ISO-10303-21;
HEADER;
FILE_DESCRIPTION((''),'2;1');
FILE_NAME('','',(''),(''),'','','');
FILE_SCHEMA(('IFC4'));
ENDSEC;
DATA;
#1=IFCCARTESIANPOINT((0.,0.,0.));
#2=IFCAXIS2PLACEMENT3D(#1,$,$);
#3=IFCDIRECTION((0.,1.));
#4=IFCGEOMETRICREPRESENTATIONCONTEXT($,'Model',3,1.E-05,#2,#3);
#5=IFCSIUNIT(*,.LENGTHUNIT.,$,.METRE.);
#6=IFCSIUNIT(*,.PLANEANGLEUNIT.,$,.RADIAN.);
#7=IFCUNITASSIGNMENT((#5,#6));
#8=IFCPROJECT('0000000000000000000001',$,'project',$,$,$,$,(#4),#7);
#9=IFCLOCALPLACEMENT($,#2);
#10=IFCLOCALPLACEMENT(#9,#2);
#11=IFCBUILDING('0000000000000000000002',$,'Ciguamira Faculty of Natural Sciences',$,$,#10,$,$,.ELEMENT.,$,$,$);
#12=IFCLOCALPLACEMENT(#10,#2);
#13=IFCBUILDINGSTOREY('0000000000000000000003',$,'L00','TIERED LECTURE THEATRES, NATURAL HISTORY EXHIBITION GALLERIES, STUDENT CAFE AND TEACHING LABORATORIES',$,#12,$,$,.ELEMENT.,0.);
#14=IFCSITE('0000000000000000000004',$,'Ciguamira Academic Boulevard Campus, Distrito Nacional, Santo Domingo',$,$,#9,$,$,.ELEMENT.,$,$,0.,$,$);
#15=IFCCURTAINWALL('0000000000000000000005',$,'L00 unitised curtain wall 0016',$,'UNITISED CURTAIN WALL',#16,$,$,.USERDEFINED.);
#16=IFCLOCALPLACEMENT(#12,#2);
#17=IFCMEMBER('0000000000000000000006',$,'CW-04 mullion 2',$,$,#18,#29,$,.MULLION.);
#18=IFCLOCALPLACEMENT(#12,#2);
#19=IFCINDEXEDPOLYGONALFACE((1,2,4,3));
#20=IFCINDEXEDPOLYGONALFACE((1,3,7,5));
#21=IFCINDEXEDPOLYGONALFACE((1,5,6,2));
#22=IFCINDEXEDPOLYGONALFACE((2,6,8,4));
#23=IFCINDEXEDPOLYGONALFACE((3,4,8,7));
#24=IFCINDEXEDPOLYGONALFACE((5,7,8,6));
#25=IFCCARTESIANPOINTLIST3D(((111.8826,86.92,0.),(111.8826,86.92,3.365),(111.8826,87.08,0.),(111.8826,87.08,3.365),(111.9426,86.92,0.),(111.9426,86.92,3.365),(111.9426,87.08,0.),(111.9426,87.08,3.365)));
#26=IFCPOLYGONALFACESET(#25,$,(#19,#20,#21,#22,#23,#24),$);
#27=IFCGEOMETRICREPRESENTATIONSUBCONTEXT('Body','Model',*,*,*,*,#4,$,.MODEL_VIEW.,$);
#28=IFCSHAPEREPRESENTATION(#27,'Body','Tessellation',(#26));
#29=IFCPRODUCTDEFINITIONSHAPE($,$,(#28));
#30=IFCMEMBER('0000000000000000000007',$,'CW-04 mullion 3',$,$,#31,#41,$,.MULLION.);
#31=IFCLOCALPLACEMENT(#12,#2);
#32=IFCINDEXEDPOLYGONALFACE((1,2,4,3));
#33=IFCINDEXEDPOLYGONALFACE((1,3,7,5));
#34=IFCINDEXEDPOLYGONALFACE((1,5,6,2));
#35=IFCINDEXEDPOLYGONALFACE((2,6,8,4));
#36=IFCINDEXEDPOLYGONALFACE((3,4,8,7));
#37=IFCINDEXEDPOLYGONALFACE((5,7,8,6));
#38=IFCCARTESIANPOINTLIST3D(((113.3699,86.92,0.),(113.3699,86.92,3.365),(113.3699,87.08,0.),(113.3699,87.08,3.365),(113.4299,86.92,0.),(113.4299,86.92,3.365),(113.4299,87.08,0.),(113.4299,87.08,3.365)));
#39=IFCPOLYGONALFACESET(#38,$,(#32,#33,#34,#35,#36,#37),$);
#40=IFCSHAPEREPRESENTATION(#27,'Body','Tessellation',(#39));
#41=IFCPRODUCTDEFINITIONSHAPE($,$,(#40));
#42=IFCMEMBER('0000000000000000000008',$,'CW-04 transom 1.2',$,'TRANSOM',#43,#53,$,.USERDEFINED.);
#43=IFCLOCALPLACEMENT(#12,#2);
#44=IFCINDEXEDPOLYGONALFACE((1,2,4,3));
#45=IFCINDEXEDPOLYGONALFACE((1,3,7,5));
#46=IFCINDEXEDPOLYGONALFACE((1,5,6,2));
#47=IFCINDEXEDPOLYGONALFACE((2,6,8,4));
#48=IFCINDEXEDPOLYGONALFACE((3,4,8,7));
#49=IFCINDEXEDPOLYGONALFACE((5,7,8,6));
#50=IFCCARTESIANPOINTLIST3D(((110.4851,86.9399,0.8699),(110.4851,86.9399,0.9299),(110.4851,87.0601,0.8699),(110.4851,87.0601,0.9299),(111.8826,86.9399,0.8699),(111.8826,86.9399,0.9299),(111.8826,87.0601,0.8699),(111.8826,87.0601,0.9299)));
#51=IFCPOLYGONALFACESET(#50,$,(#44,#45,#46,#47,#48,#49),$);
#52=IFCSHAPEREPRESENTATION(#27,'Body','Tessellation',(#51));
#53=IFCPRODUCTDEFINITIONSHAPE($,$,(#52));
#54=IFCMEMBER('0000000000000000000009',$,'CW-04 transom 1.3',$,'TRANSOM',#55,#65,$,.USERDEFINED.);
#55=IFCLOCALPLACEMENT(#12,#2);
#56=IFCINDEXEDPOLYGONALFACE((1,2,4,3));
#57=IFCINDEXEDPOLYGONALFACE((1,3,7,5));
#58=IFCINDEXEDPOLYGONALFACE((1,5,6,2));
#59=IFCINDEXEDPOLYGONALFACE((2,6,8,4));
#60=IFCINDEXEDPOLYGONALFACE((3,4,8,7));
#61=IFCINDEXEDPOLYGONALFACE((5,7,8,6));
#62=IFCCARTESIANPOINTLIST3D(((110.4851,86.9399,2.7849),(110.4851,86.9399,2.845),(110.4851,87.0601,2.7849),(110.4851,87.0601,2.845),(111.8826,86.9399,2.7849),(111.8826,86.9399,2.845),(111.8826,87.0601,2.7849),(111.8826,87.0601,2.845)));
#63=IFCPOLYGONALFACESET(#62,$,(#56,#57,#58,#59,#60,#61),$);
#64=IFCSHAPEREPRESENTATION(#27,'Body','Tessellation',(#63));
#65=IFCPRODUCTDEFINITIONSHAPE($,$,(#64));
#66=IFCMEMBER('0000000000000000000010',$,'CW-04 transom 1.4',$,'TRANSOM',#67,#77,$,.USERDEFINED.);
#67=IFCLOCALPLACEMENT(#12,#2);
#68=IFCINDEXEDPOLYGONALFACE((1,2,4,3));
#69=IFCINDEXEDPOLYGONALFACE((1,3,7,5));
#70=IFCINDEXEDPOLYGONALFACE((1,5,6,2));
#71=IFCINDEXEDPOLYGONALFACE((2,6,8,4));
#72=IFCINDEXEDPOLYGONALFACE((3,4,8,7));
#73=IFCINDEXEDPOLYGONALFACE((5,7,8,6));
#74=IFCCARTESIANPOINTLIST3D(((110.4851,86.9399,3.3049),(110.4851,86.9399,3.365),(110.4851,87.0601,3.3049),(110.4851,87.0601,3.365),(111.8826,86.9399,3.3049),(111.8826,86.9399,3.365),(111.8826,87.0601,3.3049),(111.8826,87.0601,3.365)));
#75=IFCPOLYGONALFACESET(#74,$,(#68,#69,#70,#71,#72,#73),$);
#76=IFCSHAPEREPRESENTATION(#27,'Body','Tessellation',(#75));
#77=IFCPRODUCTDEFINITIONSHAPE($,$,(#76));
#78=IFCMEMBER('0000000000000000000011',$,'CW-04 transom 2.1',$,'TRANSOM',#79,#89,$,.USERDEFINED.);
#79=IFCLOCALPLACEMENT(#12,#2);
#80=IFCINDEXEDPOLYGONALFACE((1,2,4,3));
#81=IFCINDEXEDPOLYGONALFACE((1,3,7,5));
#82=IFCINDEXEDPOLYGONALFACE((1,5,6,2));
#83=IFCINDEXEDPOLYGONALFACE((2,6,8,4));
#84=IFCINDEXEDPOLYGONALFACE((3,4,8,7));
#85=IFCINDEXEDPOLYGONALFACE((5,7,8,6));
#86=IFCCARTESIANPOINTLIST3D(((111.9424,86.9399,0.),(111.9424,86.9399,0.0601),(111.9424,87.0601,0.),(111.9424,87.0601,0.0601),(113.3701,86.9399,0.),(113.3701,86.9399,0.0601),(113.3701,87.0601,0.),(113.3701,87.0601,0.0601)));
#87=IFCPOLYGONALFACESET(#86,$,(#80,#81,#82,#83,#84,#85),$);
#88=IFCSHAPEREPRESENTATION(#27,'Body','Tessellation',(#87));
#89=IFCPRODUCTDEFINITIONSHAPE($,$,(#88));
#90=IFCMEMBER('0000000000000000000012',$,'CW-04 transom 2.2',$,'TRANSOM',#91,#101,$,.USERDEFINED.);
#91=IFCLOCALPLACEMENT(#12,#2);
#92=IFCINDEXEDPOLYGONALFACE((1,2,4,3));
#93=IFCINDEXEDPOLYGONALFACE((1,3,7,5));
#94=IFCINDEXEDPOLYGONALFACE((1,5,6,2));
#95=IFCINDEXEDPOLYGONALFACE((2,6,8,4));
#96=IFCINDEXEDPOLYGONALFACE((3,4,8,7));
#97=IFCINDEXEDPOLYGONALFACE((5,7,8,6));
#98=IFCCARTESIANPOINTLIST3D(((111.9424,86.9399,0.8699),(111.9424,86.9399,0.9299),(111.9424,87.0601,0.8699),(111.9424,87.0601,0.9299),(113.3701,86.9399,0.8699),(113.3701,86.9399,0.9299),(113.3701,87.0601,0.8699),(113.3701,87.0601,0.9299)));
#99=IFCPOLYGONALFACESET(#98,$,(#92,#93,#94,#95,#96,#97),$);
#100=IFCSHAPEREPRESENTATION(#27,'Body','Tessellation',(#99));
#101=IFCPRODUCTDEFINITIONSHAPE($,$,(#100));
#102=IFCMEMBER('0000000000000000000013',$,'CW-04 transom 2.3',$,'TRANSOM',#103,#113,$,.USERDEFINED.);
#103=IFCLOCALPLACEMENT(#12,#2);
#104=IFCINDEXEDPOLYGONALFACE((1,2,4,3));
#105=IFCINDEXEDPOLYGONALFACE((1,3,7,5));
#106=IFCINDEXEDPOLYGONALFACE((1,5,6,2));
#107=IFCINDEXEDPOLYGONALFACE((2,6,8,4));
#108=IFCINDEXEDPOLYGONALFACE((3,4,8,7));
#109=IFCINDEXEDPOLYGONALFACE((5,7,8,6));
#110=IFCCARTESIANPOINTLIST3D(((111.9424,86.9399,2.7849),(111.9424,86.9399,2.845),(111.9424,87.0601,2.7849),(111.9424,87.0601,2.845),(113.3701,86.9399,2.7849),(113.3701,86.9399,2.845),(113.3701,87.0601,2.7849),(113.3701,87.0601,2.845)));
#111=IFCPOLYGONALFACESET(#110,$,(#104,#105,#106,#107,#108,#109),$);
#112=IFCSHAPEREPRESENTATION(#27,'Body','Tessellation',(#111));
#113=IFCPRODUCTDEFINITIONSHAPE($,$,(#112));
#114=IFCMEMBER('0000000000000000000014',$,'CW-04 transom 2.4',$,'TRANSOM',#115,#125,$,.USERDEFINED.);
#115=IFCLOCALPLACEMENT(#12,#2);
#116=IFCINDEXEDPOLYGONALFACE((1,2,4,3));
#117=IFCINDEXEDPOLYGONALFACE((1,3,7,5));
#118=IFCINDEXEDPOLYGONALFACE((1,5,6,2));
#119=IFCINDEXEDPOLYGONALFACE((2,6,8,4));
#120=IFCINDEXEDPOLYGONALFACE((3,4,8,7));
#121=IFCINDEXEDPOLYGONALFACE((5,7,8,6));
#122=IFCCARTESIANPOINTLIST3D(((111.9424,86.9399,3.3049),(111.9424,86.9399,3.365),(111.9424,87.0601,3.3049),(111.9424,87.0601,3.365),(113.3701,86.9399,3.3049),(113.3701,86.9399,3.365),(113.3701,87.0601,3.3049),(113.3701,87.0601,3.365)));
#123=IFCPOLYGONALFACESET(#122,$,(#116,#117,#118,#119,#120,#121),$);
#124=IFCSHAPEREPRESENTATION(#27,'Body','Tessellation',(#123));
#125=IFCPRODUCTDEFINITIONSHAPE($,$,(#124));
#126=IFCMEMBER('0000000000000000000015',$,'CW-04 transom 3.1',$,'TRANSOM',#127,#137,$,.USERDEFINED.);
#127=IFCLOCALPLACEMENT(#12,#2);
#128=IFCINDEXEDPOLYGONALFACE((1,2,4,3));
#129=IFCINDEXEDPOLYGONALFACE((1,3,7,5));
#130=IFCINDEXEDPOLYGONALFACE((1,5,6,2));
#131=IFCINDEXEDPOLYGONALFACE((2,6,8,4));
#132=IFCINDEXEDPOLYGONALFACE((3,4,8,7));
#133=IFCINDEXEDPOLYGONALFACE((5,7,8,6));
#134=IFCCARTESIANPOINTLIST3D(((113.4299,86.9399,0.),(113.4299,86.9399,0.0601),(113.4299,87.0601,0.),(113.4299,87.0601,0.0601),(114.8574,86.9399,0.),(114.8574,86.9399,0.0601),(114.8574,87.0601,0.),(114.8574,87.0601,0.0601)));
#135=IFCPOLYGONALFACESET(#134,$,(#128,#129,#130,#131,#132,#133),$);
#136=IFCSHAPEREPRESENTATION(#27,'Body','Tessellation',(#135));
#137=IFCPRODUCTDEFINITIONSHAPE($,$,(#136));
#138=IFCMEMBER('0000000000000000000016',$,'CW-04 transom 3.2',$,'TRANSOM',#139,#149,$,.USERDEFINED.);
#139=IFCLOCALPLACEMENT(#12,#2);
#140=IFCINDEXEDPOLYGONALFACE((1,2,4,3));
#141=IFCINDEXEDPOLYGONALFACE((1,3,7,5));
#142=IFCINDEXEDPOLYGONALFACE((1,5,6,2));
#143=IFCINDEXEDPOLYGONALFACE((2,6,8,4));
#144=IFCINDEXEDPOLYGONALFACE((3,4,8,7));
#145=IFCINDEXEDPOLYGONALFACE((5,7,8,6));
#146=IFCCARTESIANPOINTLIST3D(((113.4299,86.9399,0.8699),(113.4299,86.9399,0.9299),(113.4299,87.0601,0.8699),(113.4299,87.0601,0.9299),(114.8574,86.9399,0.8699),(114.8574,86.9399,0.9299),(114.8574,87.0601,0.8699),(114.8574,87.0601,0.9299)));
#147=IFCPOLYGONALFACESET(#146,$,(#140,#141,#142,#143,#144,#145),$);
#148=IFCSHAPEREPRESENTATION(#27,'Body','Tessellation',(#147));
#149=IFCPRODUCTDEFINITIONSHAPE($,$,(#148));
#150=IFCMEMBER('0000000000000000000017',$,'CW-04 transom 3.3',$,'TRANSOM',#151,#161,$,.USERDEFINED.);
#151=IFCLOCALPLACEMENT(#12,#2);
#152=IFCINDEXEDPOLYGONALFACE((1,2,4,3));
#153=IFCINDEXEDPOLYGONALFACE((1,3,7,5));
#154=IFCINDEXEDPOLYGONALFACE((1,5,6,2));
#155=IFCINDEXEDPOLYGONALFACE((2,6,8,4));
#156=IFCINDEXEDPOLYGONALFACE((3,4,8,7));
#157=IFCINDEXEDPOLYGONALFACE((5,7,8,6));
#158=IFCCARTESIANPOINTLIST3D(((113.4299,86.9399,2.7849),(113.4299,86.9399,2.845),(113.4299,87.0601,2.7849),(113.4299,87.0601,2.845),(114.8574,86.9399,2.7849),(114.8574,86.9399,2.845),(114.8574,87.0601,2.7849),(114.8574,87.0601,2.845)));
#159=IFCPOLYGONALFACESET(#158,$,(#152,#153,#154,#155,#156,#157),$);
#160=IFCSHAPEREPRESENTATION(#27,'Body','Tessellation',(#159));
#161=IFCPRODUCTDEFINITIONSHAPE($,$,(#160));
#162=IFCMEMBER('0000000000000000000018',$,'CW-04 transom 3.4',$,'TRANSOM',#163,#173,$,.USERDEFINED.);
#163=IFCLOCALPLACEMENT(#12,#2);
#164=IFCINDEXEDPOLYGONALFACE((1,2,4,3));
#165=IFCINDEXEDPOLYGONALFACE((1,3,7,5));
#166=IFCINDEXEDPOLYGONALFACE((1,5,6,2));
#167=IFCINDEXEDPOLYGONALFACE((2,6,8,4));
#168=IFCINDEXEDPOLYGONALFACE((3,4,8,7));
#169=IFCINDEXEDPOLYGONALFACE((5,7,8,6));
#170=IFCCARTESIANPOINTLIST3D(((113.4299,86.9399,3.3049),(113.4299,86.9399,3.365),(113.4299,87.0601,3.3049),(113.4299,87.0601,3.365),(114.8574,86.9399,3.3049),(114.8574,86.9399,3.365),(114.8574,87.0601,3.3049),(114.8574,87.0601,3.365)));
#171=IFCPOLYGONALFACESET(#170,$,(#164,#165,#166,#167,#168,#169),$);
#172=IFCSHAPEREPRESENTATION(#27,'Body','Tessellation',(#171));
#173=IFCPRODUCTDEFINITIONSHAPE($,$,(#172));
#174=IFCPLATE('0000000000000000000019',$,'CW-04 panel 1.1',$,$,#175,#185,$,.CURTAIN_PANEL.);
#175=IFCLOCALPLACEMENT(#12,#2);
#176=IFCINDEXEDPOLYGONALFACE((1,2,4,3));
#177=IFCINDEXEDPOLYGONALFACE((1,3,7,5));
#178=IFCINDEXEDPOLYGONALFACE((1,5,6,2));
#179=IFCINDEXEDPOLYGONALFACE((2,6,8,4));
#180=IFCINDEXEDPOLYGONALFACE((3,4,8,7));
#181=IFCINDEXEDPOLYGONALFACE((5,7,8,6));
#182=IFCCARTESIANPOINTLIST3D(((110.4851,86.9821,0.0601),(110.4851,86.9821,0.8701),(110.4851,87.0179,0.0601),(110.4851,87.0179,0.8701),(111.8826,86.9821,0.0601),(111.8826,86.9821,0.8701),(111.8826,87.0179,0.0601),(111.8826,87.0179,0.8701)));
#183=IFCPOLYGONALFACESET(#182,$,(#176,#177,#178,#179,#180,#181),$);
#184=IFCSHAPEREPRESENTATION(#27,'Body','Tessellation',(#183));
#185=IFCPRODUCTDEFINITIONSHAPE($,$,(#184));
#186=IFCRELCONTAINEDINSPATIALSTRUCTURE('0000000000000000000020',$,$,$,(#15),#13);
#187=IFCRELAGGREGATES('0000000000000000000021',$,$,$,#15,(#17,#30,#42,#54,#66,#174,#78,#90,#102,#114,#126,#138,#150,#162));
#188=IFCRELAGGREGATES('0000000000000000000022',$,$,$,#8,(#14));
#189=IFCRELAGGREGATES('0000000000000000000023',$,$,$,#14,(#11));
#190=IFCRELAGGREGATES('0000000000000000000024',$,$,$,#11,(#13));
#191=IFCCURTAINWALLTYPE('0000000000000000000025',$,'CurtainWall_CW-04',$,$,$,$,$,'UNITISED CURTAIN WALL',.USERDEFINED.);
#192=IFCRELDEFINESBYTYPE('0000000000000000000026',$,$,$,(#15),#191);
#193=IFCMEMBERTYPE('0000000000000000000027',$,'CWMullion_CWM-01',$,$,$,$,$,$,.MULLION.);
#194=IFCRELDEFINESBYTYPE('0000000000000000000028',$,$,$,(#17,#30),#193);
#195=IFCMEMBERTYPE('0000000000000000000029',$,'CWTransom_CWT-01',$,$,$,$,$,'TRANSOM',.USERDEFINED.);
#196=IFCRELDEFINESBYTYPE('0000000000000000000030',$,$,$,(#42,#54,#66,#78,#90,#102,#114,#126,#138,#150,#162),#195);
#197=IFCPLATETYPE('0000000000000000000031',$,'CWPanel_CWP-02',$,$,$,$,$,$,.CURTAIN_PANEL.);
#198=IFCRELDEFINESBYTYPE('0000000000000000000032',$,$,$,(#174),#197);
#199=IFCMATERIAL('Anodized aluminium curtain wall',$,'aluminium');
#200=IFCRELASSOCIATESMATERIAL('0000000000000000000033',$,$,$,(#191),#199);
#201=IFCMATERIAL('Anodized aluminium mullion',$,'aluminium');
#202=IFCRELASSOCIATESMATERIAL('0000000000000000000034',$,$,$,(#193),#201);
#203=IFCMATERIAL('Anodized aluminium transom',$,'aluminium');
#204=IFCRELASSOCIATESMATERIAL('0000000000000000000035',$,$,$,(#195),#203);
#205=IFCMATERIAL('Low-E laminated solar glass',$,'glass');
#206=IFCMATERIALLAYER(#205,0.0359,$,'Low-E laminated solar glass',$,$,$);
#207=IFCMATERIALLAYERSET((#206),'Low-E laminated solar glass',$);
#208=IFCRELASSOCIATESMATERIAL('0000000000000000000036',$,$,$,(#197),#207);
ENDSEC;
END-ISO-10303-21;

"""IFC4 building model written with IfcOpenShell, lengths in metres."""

from ifc_helpers import new_model, si_unit, direction, frame, origin, origin_2d, place, context, subcontext, project, spatial, rectangle, extrude, material, layer, layer_set, material_profile, profile_set, type_object, element, aggregate, save


model = new_model("IFC4")

# Units and contexts
model_context = context("Model", 3, precision=1e-05, world=origin(), true_north=direction((0.0, 1.0)))
body_context = subcontext(model_context, "Body", "Model", "MODEL_VIEW")
ifc_project = project(units=[si_unit("LENGTHUNIT", "METRE"), si_unit("PLANEANGLEUNIT", "RADIAN")], contexts=[model_context])

# Site, building, storey
site_placement = place(None, origin())
site = spatial("IfcSite", under=ifc_project, at=site_placement, Name="Ciguamira Academic Boulevard Campus, Distrito Nacional, Santo Domingo", CompositionType="ELEMENT", RefElevation=0.0)
building_placement = place(site_placement, origin())
building = spatial("IfcBuilding", under=site, at=building_placement, Name="Ciguamira Faculty of Natural Sciences", CompositionType="ELEMENT")
storey_placement = place(building_placement, origin())
storey = spatial("IfcBuildingStorey", under=building, at=storey_placement, Name="L00", Description="TIERED LECTURE THEATRES, NATURAL HISTORY EXHIBITION GALLERIES, STUDENT CAFE AND TEACHING LABORATORIES", CompositionType="ELEMENT", Elevation=0.0)

# Curtain wall, members, plate
ifc_material_1 = material(Name="Anodized aluminium curtain wall", Category="aluminium")
curtain_wall_type = type_object("IfcCurtainWallType", Name="CurtainWall_CW-04", ElementType="UNITISED CURTAIN WALL", PredefinedType="USERDEFINED", material=ifc_material_1)
curtain_wall_placement = place(storey_placement, origin())
curtain_wall = element("IfcCurtainWall", 1, at=curtain_wall_placement, inside=storey, type_object=curtain_wall_type, Name="L00 unitised curtain wall 0016", ObjectType="UNITISED CURTAIN WALL", PredefinedType="USERDEFINED")
ifc_material_2 = material(Name="Anodized aluminium mullion", Category="aluminium")
ifc_material_profile_1 = material_profile(ifc_material_2, rectangle(XDim=0.0601, YDim=0.1599, at=origin_2d()), Name="ALU-MUL-60X160")
ifc_profile_set_1 = profile_set([ifc_material_profile_1], Name="Anodized aluminium mullion")
member_type_1 = type_object("IfcMemberType", Name="CWMullion_CWM-01", PredefinedType="MULLION", material=ifc_profile_set_1)
member_1_placement = place(storey_placement, frame((111.9126, 87.0, 0.0), z_axis=(0.0, 0.0, 1.0), x_axis=(1.0, 0.0, 0.0)))
member_1 = element("IfcMember", 2, at=member_1_placement, type_object=member_type_1, Name="CW-04 mullion 2", PredefinedType="MULLION", context=body_context, shape_type="SweptSolid", body=[
    extrude(rectangle(XDim=0.0601, YDim=0.1599, at=origin_2d()), origin(), (0.0, 0.0, 1.0), 3.365),
])
member_2_placement = place(storey_placement, frame((113.3999, 87.0, 0.0), z_axis=(0.0, 0.0, 1.0), x_axis=(1.0, 0.0, 0.0)))
member_2 = element("IfcMember", 3, at=member_2_placement, type_object=member_type_1, Name="CW-04 mullion 3", PredefinedType="MULLION", context=body_context, shape_type="SweptSolid", body=[
    extrude(rectangle(XDim=0.0601, YDim=0.1599, at=origin_2d()), origin(), (0.0, 0.0, 1.0), 3.365),
])
ifc_material_3 = material(Name="Anodized aluminium transom", Category="aluminium")
ifc_material_profile_2 = material_profile(ifc_material_3, rectangle(XDim=0.0601, YDim=0.1201, at=origin_2d()), Name="ALU-TRN-60X120")
ifc_profile_set_2 = profile_set([ifc_material_profile_2], Name="Anodized aluminium transom")
member_type_2 = type_object("IfcMemberType", Name="CWTransom_CWT-01", ElementType="TRANSOM", PredefinedType="USERDEFINED", material=ifc_profile_set_2)
member_3_placement = place(storey_placement, frame((110.4851, 87.0, 0.8999), z_axis=(1.0, 0.0, 0.0), x_axis=(0.0, 0.0, 1.0)))
member_3 = element("IfcMember", 4, at=member_3_placement, type_object=member_type_2, Name="CW-04 transom 1.2", ObjectType="TRANSOM", PredefinedType="USERDEFINED", context=body_context, shape_type="SweptSolid", body=[
    extrude(rectangle(XDim=0.0601, YDim=0.1201, at=origin_2d()), origin(), (0.0, 0.0, 1.0), 1.3975),
])
member_4_placement = place(storey_placement, frame((110.4851, 87.0, 2.8149), z_axis=(1.0, 0.0, 0.0), x_axis=(0.0, 0.0, 1.0)))
member_4 = element("IfcMember", 5, at=member_4_placement, type_object=member_type_2, Name="CW-04 transom 1.3", ObjectType="TRANSOM", PredefinedType="USERDEFINED", context=body_context, shape_type="SweptSolid", body=[
    extrude(rectangle(XDim=0.0601, YDim=0.1201, at=origin_2d()), origin(), (0.0, 0.0, 1.0), 1.3975),
])
member_5_placement = place(storey_placement, frame((110.4851, 87.0, 3.335), z_axis=(1.0, 0.0, 0.0), x_axis=(0.0, 0.0, 1.0)))
member_5 = element("IfcMember", 6, at=member_5_placement, type_object=member_type_2, Name="CW-04 transom 1.4", ObjectType="TRANSOM", PredefinedType="USERDEFINED", context=body_context, shape_type="SweptSolid", body=[
    extrude(rectangle(XDim=0.0601, YDim=0.1201, at=origin_2d()), origin(), (0.0, 0.0, 1.0), 1.3975),
])
member_6_placement = place(storey_placement, frame((111.9424, 87.0, 0.03), z_axis=(1.0, 0.0, 0.0), x_axis=(0.0, 0.0, 1.0)))
member_6 = element("IfcMember", 7, at=member_6_placement, type_object=member_type_2, Name="CW-04 transom 2.1", ObjectType="TRANSOM", PredefinedType="USERDEFINED", context=body_context, shape_type="SweptSolid", body=[
    extrude(rectangle(XDim=0.0601, YDim=0.1201, at=origin_2d()), origin(), (0.0, 0.0, 1.0), 1.4277),
])
member_7_placement = place(storey_placement, frame((111.9424, 87.0, 0.8999), z_axis=(1.0, 0.0, 0.0), x_axis=(0.0, 0.0, 1.0)))
member_7 = element("IfcMember", 8, at=member_7_placement, type_object=member_type_2, Name="CW-04 transom 2.2", ObjectType="TRANSOM", PredefinedType="USERDEFINED", context=body_context, shape_type="SweptSolid", body=[
    extrude(rectangle(XDim=0.0601, YDim=0.1201, at=origin_2d()), origin(), (0.0, 0.0, 1.0), 1.4277),
])
member_8_placement = place(storey_placement, frame((111.9424, 87.0, 2.8149), z_axis=(1.0, 0.0, 0.0), x_axis=(0.0, 0.0, 1.0)))
member_8 = element("IfcMember", 9, at=member_8_placement, type_object=member_type_2, Name="CW-04 transom 2.3", ObjectType="TRANSOM", PredefinedType="USERDEFINED", context=body_context, shape_type="SweptSolid", body=[
    extrude(rectangle(XDim=0.0601, YDim=0.1201, at=origin_2d()), origin(), (0.0, 0.0, 1.0), 1.4277),
])
member_9_placement = place(storey_placement, frame((111.9424, 87.0, 3.335), z_axis=(1.0, 0.0, 0.0), x_axis=(0.0, 0.0, 1.0)))
member_9 = element("IfcMember", 10, at=member_9_placement, type_object=member_type_2, Name="CW-04 transom 2.4", ObjectType="TRANSOM", PredefinedType="USERDEFINED", context=body_context, shape_type="SweptSolid", body=[
    extrude(rectangle(XDim=0.0601, YDim=0.1201, at=origin_2d()), origin(), (0.0, 0.0, 1.0), 1.4277),
])
member_10_placement = place(storey_placement, frame((113.4299, 87.0, 0.03), z_axis=(1.0, 0.0, 0.0), x_axis=(0.0, 0.0, 1.0)))
member_10 = element("IfcMember", 11, at=member_10_placement, type_object=member_type_2, Name="CW-04 transom 3.1", ObjectType="TRANSOM", PredefinedType="USERDEFINED", context=body_context, shape_type="SweptSolid", body=[
    extrude(rectangle(XDim=0.0601, YDim=0.1201, at=origin_2d()), origin(), (0.0, 0.0, 1.0), 1.4275),
])
member_11_placement = place(storey_placement, frame((113.4299, 87.0, 0.8999), z_axis=(1.0, 0.0, 0.0), x_axis=(0.0, 0.0, 1.0)))
member_11 = element("IfcMember", 12, at=member_11_placement, type_object=member_type_2, Name="CW-04 transom 3.2", ObjectType="TRANSOM", PredefinedType="USERDEFINED", context=body_context, shape_type="SweptSolid", body=[
    extrude(rectangle(XDim=0.0601, YDim=0.1201, at=origin_2d()), origin(), (0.0, 0.0, 1.0), 1.4275),
])
member_12_placement = place(storey_placement, frame((113.4299, 87.0, 2.8149), z_axis=(1.0, 0.0, 0.0), x_axis=(0.0, 0.0, 1.0)))
member_12 = element("IfcMember", 13, at=member_12_placement, type_object=member_type_2, Name="CW-04 transom 3.3", ObjectType="TRANSOM", PredefinedType="USERDEFINED", context=body_context, shape_type="SweptSolid", body=[
    extrude(rectangle(XDim=0.0601, YDim=0.1201, at=origin_2d()), origin(), (0.0, 0.0, 1.0), 1.4275),
])
member_13_placement = place(storey_placement, frame((113.4299, 87.0, 3.335), z_axis=(1.0, 0.0, 0.0), x_axis=(0.0, 0.0, 1.0)))
member_13 = element("IfcMember", 14, at=member_13_placement, type_object=member_type_2, Name="CW-04 transom 3.4", ObjectType="TRANSOM", PredefinedType="USERDEFINED", context=body_context, shape_type="SweptSolid", body=[
    extrude(rectangle(XDim=0.0601, YDim=0.1201, at=origin_2d()), origin(), (0.0, 0.0, 1.0), 1.4275),
])
ifc_material_4 = material(Name="Low-E laminated solar glass", Category="glass")
ifc_layer = layer(ifc_material_4, 0.0359, Name="Low-E laminated solar glass")
ifc_layer_set = layer_set([ifc_layer], Name="Low-E laminated solar glass")
plate_type = type_object("IfcPlateType", Name="CWPanel_CWP-02", PredefinedType="CURTAIN_PANEL", material=ifc_layer_set)
plate_1_placement = place(storey_placement, frame((111.1838, 87.0, 0.0601), z_axis=(0.0, 0.0, 1.0), x_axis=(1.0, 0.0, 0.0)))
plate_1 = element("IfcPlate", 15, at=plate_1_placement, type_object=plate_type, Name="CW-04 panel 1.1", PredefinedType="CURTAIN_PANEL", context=body_context, shape_type="SweptSolid", body=[
    extrude(rectangle(XDim=1.3975, YDim=0.0359, at=origin_2d()), origin(), (0.0, 0.0, 1.0), 0.8101),
])
aggregate(curtain_wall, [member_1, member_2, member_3, member_4, member_5, plate_1, member_6, member_7, member_8, member_9, member_10, member_11, member_12, member_13])

save(model, "model.ifc")
